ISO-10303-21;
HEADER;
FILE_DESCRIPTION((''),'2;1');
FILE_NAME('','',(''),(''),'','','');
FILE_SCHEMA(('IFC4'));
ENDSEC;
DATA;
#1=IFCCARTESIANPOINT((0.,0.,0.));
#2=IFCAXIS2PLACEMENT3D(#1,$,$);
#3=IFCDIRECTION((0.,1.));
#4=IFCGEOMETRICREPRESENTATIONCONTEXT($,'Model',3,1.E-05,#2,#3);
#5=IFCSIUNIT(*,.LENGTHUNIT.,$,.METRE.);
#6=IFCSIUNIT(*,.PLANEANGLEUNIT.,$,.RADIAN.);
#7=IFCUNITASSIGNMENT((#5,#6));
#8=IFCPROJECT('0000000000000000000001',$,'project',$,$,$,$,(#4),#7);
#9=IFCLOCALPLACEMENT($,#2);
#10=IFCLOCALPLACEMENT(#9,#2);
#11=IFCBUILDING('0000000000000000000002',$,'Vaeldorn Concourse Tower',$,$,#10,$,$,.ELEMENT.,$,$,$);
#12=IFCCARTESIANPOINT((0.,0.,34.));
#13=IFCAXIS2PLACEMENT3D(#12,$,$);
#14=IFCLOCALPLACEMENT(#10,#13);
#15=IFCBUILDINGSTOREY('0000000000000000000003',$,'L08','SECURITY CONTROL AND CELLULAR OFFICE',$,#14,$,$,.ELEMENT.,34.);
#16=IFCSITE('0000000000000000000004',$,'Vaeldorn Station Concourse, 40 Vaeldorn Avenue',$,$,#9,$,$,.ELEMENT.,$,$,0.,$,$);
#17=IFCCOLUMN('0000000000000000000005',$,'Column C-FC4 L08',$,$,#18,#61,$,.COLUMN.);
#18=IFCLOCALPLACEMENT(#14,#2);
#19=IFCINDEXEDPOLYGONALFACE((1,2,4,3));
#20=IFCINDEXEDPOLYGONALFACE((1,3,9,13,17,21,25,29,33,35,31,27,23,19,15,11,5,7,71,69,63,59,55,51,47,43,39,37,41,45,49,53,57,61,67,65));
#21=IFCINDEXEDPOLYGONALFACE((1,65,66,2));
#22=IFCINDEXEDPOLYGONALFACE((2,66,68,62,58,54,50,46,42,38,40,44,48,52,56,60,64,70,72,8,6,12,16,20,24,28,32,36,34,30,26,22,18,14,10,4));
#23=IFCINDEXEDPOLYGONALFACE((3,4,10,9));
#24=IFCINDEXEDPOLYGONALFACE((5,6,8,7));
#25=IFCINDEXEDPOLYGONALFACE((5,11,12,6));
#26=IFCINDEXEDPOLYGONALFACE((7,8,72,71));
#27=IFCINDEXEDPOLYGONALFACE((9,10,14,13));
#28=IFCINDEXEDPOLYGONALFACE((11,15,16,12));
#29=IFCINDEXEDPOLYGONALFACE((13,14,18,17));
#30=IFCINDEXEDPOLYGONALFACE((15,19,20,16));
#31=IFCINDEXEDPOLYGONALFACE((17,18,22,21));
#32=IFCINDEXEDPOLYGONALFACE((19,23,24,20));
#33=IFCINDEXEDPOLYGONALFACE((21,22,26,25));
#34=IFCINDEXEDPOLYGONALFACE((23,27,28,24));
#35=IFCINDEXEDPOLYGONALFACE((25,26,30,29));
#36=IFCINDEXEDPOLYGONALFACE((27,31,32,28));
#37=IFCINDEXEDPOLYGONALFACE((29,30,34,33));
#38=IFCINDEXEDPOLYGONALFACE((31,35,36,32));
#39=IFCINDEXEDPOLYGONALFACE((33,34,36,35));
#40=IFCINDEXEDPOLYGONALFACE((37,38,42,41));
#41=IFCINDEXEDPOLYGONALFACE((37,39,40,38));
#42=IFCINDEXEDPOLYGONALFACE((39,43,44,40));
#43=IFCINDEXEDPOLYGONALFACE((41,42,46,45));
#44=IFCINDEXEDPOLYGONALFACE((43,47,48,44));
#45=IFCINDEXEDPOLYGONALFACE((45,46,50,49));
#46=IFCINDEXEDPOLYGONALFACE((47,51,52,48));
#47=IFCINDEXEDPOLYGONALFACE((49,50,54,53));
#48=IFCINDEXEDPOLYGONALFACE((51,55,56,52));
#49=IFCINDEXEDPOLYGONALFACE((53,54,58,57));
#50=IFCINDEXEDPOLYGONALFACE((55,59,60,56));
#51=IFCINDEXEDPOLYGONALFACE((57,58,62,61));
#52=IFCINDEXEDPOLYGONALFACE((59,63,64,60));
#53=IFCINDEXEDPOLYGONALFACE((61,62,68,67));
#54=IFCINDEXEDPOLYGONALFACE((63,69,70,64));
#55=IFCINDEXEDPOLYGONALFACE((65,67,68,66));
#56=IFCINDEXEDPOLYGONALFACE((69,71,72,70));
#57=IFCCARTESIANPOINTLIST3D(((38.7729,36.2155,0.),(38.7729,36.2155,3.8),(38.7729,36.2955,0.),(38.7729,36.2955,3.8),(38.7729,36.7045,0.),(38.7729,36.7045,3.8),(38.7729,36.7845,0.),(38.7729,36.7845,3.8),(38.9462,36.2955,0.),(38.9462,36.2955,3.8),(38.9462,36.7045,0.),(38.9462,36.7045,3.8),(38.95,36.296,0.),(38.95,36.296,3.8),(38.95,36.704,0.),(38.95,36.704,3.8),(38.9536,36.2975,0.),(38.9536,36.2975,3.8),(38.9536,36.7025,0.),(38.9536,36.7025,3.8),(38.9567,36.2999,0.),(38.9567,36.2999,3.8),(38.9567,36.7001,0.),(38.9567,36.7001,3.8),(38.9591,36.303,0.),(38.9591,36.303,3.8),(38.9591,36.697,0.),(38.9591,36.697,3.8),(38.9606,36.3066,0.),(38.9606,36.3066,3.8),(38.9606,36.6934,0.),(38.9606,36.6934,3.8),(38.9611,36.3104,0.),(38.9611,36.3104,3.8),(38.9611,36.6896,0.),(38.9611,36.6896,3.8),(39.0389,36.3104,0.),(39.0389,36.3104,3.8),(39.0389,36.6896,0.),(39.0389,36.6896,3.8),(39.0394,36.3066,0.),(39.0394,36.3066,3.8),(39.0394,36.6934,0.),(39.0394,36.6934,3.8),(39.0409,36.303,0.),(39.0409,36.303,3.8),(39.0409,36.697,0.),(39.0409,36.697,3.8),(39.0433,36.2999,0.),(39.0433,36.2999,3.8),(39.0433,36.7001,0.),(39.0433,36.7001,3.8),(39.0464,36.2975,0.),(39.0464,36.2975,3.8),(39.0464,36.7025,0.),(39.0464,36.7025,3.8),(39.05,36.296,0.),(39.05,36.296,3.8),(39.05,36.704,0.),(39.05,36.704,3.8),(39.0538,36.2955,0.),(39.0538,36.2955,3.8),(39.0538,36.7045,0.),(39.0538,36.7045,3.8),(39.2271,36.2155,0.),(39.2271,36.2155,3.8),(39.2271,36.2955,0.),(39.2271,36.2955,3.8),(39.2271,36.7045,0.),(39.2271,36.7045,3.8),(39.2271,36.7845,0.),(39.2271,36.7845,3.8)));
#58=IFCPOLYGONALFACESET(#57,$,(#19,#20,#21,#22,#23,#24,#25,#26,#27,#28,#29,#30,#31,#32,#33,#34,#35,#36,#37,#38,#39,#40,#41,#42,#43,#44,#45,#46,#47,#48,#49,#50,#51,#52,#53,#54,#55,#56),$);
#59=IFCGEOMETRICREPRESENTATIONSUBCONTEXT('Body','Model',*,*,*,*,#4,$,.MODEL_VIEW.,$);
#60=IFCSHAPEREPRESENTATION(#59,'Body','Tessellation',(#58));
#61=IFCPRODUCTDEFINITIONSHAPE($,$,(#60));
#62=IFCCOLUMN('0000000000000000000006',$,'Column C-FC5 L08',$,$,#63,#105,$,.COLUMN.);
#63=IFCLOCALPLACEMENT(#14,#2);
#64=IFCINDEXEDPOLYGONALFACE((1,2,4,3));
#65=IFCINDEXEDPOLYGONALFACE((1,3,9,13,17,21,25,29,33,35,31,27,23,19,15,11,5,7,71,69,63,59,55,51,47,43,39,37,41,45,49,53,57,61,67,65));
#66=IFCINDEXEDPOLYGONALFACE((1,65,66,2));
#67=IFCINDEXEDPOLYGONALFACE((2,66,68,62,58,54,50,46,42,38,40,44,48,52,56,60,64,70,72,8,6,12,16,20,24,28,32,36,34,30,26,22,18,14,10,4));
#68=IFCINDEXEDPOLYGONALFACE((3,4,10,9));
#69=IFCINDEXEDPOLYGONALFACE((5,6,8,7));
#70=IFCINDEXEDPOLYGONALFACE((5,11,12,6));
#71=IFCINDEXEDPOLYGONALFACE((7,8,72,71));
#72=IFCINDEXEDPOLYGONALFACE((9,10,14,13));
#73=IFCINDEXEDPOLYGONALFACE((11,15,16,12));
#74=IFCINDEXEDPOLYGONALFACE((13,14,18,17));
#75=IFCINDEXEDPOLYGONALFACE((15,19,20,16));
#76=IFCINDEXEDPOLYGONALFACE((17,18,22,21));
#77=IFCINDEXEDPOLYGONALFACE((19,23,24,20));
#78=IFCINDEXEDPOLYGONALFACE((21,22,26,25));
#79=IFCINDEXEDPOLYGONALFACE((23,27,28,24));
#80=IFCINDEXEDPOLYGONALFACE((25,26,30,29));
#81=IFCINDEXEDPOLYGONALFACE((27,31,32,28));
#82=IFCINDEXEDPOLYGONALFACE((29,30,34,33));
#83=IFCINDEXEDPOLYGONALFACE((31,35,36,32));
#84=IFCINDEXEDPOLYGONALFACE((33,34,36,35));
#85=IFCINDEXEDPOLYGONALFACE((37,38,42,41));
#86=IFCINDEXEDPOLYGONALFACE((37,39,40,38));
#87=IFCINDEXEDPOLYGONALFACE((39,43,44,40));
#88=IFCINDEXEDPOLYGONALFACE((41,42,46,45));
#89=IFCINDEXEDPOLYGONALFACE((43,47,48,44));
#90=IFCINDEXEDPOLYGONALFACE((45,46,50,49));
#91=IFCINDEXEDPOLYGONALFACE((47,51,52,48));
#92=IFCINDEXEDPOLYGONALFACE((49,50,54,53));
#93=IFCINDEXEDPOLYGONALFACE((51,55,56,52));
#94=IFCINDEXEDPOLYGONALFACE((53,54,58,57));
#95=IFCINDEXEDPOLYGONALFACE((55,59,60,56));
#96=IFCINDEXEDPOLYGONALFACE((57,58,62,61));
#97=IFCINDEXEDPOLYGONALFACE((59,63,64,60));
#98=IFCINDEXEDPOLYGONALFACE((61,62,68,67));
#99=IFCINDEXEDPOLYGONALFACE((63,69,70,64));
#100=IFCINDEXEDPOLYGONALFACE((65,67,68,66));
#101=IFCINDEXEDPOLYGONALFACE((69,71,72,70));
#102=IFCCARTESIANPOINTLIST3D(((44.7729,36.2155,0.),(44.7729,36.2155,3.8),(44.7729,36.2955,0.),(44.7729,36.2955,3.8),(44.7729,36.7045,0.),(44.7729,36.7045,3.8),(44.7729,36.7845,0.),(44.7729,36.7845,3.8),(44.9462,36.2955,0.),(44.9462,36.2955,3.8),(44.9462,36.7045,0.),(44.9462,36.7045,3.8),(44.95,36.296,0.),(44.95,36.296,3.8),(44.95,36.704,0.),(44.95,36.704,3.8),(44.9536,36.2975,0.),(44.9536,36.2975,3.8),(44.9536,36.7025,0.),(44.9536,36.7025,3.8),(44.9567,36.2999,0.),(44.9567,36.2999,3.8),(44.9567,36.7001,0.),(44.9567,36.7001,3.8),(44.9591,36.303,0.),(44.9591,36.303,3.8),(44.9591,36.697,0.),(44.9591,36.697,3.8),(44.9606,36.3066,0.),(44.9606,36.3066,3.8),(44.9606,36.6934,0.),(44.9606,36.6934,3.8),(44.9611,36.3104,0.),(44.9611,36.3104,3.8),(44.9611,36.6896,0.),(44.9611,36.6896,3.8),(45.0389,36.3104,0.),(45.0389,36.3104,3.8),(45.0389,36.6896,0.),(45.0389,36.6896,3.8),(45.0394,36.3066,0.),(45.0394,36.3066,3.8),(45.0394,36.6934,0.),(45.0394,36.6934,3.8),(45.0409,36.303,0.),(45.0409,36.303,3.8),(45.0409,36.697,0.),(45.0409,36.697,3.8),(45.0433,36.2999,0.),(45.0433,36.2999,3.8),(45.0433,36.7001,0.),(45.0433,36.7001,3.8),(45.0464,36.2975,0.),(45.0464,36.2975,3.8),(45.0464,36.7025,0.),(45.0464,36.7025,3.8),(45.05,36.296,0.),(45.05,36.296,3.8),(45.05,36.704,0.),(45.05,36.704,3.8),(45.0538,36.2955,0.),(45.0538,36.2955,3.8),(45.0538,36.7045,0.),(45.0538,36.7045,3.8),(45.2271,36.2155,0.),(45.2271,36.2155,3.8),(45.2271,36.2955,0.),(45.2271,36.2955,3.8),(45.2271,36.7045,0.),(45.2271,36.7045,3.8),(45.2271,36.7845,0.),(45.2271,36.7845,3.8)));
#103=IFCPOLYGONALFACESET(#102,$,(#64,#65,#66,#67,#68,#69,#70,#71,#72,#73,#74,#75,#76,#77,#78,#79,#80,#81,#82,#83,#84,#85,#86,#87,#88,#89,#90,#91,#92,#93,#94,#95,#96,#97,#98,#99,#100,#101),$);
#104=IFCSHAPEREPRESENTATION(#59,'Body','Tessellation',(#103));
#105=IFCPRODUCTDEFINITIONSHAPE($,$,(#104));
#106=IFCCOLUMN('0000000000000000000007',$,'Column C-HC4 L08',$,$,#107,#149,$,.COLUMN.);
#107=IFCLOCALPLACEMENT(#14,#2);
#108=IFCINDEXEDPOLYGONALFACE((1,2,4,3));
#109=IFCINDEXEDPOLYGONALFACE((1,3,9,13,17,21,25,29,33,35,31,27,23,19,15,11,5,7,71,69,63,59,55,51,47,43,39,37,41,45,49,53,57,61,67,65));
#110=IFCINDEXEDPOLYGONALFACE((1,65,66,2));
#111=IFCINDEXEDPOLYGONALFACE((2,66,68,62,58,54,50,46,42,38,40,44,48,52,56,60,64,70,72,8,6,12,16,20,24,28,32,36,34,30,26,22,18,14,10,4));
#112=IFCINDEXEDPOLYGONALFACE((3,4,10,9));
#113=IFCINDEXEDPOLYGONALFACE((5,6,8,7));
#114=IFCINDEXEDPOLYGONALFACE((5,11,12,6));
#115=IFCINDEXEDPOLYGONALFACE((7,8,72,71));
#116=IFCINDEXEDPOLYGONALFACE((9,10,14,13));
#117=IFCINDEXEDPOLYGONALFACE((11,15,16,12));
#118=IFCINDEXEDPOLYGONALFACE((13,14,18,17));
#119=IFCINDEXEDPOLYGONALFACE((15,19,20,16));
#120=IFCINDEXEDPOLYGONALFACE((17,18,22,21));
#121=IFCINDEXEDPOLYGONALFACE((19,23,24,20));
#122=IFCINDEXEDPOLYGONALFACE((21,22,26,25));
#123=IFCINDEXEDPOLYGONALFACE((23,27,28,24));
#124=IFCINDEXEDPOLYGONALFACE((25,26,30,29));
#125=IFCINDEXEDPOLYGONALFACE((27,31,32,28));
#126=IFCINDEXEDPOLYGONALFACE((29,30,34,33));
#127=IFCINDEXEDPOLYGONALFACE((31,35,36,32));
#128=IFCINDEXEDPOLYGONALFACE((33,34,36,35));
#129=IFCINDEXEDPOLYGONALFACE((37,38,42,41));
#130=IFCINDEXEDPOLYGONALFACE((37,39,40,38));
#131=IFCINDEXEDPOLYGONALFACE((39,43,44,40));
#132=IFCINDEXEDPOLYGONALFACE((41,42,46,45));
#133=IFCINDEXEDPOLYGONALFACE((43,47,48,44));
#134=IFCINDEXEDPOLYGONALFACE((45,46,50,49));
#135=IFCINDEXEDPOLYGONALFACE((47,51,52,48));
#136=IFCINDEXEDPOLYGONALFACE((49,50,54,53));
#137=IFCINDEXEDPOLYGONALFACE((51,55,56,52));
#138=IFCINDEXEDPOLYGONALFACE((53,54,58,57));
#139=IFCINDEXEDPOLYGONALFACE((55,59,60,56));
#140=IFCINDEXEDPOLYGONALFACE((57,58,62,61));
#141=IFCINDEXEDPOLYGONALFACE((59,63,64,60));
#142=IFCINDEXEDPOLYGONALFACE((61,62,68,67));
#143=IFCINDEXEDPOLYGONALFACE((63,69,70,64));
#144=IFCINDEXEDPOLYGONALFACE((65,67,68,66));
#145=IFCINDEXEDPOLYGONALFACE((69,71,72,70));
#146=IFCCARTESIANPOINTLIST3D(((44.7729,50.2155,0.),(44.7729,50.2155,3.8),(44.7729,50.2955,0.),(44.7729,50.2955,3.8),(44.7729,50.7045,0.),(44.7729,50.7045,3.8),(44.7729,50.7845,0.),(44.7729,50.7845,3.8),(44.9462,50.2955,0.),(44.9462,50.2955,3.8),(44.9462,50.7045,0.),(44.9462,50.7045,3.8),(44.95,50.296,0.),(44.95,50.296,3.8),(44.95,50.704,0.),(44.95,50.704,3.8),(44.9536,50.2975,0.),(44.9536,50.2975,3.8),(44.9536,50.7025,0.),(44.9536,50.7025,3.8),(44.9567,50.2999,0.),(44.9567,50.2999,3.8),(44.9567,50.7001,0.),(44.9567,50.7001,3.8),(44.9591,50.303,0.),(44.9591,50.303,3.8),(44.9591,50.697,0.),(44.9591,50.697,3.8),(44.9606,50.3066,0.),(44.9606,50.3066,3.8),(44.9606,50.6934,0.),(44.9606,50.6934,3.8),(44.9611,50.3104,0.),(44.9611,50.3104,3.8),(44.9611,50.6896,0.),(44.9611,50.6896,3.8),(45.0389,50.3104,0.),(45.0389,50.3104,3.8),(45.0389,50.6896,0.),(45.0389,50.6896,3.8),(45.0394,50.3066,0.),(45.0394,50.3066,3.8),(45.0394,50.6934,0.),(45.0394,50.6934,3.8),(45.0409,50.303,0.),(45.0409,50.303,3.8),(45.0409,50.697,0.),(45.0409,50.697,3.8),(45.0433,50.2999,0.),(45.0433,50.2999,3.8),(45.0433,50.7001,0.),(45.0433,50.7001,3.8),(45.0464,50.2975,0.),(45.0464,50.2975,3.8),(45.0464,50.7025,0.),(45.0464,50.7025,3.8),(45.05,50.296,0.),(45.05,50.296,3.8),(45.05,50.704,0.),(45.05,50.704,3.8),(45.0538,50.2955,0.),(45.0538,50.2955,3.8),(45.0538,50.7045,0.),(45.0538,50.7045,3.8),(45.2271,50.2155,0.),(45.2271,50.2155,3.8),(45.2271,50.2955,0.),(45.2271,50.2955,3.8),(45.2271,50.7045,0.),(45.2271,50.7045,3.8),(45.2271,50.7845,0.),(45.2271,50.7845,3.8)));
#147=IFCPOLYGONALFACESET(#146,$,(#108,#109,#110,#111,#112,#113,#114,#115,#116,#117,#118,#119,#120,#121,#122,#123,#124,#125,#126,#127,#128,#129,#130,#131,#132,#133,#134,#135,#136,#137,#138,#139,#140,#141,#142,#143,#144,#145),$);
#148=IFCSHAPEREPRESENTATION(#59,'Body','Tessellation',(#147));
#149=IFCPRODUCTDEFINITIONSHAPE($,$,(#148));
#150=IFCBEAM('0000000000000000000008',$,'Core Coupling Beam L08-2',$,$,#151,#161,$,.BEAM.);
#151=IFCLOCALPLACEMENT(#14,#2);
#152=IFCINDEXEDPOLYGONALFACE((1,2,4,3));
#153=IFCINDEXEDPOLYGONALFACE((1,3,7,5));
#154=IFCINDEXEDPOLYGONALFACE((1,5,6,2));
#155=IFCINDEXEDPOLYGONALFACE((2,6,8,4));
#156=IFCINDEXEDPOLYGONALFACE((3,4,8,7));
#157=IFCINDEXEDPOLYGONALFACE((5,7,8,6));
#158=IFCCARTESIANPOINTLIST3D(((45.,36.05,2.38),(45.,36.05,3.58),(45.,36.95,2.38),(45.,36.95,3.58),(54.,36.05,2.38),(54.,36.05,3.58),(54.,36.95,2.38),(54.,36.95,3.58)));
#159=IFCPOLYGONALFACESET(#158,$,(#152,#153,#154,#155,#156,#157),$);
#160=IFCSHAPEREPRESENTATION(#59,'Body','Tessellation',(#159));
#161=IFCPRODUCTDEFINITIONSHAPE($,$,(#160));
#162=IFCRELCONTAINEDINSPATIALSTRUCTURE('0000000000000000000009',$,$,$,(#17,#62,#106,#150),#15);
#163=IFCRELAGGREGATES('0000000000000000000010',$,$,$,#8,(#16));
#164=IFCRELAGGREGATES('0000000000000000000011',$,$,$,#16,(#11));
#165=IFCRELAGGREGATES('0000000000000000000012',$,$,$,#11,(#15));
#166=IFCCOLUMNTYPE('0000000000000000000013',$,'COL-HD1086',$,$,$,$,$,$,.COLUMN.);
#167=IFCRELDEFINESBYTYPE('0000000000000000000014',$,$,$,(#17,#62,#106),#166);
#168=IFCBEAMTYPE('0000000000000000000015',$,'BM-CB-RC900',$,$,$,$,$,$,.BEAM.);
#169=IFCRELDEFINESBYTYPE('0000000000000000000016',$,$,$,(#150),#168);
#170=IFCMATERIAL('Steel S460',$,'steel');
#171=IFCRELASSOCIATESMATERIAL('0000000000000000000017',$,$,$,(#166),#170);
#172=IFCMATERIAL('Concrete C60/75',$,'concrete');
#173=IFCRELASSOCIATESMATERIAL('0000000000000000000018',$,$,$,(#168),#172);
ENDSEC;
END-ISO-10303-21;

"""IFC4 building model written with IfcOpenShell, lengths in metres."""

from ifc_helpers import new_model, si_unit, direction, frame, origin, origin_2d, place, context, subcontext, project, spatial, rectangle, i_section, extrude, source, transform, mapped, material, material_profile, profile_set, type_object, element, save


model = new_model("IFC4")

# Units and contexts
model_context = context("Model", 3, precision=1e-05, world=origin(), true_north=direction((0.0, 1.0)))
body_context = subcontext(model_context, "Body", "Model", "MODEL_VIEW")
ifc_project = project(units=[si_unit("LENGTHUNIT", "METRE"), si_unit("PLANEANGLEUNIT", "RADIAN")], contexts=[model_context])

# Site, building, storey
site_placement = place(None, origin())
site = spatial("IfcSite", under=ifc_project, at=site_placement, Name="Vaeldorn Station Concourse, 40 Vaeldorn Avenue", CompositionType="ELEMENT", RefElevation=0.0)
building_placement = place(site_placement, origin())
building = spatial("IfcBuilding", under=site, at=building_placement, Name="Vaeldorn Concourse Tower", CompositionType="ELEMENT")
storey_placement = place(building_placement, frame((0.0, 0.0, 34.0)))
storey = spatial("IfcBuildingStorey", under=building, at=storey_placement, Name="L08", Description="SECURITY CONTROL AND CELLULAR OFFICE", CompositionType="ELEMENT", Elevation=34.0)

# Columns
ifc_material_1 = material(Name="Steel S460", Category="steel")
ifc_material_profile_1 = material_profile(ifc_material_1, i_section(OverallWidth=0.4541, OverallDepth=0.5691, WebThickness=0.0779, FlangeThickness=0.0801, FilletRadius=0.0149, at=origin_2d()), Name="HD 400x1086")
ifc_profile_set_1 = profile_set([ifc_material_profile_1], Name="Steel S460")
column_type = type_object("IfcColumnType", Name="COL-HD1086", PredefinedType="COLUMN", material=ifc_profile_set_1)
shared_shape_1 = source(origin(), body_context, "Body", "SweptSolid", [
    extrude(i_section(OverallWidth=0.4541, OverallDepth=0.5691, WebThickness=0.0779, FlangeThickness=0.0801, FilletRadius=0.0149, at=origin_2d()), origin(), (0.0, 0.0, 1.0), 3.8),
])
for number, where, z_axis, x_axis, name in (
    (1, (39.0, 36.5, 0.0), (0.0, 0.0, 1.0), (1.0, 0.0, 0.0), "Column C-FC4 L08"),
    (2, (45.0, 36.5, 0.0), (0.0, 0.0, 1.0), (1.0, 0.0, 0.0), "Column C-FC5 L08"),
    (3, (45.0, 50.5, 0.0), (0.0, 0.0, 1.0), (1.0, 0.0, 0.0), "Column C-HC4 L08"),
):
    element("IfcColumn", number, at=place(storey_placement, frame(where, z_axis=z_axis, x_axis=x_axis)), inside=storey, type_object=column_type, Name=name, PredefinedType="COLUMN", context=body_context, shape_type="MappedRepresentation", body=[
        mapped(shared_shape_1, transform((0.0, 0.0, 0.0), scale=1.0)),
    ])

# Beam
ifc_material_2 = material(Name="Concrete C60/75", Category="concrete")
ifc_material_profile_2 = material_profile(ifc_material_2, rectangle(XDim=0.8999, YDim=1.2, at=origin_2d()), Name="RC 900x1200")
ifc_profile_set_2 = profile_set([ifc_material_profile_2], Name="Concrete C60/75")
beam_type_1 = type_object("IfcBeamType", Name="BM-CB-RC900", PredefinedType="BEAM", material=ifc_profile_set_2)
shared_shape_2 = source(origin(), body_context, "Body", "SweptSolid", [
    extrude(rectangle(XDim=0.8999, YDim=1.2, at=origin_2d()), origin(), (0.0, 0.0, 1.0), 9.0),
])
beam_1_placement = place(storey_placement, frame((45.0, 36.5, 2.98), z_axis=(1.0, 0.0, 0.0), x_axis=(0.0, 1.0, 0.0)))
element("IfcBeam", 4, at=beam_1_placement, inside=storey, type_object=beam_type_1, Name="Core Coupling Beam L08-2", PredefinedType="BEAM", context=body_context, shape_type="MappedRepresentation", body=[
    mapped(shared_shape_2, transform((0.0, 0.0, 0.0), scale=1.0)),
])

save(model, "model.ifc")
